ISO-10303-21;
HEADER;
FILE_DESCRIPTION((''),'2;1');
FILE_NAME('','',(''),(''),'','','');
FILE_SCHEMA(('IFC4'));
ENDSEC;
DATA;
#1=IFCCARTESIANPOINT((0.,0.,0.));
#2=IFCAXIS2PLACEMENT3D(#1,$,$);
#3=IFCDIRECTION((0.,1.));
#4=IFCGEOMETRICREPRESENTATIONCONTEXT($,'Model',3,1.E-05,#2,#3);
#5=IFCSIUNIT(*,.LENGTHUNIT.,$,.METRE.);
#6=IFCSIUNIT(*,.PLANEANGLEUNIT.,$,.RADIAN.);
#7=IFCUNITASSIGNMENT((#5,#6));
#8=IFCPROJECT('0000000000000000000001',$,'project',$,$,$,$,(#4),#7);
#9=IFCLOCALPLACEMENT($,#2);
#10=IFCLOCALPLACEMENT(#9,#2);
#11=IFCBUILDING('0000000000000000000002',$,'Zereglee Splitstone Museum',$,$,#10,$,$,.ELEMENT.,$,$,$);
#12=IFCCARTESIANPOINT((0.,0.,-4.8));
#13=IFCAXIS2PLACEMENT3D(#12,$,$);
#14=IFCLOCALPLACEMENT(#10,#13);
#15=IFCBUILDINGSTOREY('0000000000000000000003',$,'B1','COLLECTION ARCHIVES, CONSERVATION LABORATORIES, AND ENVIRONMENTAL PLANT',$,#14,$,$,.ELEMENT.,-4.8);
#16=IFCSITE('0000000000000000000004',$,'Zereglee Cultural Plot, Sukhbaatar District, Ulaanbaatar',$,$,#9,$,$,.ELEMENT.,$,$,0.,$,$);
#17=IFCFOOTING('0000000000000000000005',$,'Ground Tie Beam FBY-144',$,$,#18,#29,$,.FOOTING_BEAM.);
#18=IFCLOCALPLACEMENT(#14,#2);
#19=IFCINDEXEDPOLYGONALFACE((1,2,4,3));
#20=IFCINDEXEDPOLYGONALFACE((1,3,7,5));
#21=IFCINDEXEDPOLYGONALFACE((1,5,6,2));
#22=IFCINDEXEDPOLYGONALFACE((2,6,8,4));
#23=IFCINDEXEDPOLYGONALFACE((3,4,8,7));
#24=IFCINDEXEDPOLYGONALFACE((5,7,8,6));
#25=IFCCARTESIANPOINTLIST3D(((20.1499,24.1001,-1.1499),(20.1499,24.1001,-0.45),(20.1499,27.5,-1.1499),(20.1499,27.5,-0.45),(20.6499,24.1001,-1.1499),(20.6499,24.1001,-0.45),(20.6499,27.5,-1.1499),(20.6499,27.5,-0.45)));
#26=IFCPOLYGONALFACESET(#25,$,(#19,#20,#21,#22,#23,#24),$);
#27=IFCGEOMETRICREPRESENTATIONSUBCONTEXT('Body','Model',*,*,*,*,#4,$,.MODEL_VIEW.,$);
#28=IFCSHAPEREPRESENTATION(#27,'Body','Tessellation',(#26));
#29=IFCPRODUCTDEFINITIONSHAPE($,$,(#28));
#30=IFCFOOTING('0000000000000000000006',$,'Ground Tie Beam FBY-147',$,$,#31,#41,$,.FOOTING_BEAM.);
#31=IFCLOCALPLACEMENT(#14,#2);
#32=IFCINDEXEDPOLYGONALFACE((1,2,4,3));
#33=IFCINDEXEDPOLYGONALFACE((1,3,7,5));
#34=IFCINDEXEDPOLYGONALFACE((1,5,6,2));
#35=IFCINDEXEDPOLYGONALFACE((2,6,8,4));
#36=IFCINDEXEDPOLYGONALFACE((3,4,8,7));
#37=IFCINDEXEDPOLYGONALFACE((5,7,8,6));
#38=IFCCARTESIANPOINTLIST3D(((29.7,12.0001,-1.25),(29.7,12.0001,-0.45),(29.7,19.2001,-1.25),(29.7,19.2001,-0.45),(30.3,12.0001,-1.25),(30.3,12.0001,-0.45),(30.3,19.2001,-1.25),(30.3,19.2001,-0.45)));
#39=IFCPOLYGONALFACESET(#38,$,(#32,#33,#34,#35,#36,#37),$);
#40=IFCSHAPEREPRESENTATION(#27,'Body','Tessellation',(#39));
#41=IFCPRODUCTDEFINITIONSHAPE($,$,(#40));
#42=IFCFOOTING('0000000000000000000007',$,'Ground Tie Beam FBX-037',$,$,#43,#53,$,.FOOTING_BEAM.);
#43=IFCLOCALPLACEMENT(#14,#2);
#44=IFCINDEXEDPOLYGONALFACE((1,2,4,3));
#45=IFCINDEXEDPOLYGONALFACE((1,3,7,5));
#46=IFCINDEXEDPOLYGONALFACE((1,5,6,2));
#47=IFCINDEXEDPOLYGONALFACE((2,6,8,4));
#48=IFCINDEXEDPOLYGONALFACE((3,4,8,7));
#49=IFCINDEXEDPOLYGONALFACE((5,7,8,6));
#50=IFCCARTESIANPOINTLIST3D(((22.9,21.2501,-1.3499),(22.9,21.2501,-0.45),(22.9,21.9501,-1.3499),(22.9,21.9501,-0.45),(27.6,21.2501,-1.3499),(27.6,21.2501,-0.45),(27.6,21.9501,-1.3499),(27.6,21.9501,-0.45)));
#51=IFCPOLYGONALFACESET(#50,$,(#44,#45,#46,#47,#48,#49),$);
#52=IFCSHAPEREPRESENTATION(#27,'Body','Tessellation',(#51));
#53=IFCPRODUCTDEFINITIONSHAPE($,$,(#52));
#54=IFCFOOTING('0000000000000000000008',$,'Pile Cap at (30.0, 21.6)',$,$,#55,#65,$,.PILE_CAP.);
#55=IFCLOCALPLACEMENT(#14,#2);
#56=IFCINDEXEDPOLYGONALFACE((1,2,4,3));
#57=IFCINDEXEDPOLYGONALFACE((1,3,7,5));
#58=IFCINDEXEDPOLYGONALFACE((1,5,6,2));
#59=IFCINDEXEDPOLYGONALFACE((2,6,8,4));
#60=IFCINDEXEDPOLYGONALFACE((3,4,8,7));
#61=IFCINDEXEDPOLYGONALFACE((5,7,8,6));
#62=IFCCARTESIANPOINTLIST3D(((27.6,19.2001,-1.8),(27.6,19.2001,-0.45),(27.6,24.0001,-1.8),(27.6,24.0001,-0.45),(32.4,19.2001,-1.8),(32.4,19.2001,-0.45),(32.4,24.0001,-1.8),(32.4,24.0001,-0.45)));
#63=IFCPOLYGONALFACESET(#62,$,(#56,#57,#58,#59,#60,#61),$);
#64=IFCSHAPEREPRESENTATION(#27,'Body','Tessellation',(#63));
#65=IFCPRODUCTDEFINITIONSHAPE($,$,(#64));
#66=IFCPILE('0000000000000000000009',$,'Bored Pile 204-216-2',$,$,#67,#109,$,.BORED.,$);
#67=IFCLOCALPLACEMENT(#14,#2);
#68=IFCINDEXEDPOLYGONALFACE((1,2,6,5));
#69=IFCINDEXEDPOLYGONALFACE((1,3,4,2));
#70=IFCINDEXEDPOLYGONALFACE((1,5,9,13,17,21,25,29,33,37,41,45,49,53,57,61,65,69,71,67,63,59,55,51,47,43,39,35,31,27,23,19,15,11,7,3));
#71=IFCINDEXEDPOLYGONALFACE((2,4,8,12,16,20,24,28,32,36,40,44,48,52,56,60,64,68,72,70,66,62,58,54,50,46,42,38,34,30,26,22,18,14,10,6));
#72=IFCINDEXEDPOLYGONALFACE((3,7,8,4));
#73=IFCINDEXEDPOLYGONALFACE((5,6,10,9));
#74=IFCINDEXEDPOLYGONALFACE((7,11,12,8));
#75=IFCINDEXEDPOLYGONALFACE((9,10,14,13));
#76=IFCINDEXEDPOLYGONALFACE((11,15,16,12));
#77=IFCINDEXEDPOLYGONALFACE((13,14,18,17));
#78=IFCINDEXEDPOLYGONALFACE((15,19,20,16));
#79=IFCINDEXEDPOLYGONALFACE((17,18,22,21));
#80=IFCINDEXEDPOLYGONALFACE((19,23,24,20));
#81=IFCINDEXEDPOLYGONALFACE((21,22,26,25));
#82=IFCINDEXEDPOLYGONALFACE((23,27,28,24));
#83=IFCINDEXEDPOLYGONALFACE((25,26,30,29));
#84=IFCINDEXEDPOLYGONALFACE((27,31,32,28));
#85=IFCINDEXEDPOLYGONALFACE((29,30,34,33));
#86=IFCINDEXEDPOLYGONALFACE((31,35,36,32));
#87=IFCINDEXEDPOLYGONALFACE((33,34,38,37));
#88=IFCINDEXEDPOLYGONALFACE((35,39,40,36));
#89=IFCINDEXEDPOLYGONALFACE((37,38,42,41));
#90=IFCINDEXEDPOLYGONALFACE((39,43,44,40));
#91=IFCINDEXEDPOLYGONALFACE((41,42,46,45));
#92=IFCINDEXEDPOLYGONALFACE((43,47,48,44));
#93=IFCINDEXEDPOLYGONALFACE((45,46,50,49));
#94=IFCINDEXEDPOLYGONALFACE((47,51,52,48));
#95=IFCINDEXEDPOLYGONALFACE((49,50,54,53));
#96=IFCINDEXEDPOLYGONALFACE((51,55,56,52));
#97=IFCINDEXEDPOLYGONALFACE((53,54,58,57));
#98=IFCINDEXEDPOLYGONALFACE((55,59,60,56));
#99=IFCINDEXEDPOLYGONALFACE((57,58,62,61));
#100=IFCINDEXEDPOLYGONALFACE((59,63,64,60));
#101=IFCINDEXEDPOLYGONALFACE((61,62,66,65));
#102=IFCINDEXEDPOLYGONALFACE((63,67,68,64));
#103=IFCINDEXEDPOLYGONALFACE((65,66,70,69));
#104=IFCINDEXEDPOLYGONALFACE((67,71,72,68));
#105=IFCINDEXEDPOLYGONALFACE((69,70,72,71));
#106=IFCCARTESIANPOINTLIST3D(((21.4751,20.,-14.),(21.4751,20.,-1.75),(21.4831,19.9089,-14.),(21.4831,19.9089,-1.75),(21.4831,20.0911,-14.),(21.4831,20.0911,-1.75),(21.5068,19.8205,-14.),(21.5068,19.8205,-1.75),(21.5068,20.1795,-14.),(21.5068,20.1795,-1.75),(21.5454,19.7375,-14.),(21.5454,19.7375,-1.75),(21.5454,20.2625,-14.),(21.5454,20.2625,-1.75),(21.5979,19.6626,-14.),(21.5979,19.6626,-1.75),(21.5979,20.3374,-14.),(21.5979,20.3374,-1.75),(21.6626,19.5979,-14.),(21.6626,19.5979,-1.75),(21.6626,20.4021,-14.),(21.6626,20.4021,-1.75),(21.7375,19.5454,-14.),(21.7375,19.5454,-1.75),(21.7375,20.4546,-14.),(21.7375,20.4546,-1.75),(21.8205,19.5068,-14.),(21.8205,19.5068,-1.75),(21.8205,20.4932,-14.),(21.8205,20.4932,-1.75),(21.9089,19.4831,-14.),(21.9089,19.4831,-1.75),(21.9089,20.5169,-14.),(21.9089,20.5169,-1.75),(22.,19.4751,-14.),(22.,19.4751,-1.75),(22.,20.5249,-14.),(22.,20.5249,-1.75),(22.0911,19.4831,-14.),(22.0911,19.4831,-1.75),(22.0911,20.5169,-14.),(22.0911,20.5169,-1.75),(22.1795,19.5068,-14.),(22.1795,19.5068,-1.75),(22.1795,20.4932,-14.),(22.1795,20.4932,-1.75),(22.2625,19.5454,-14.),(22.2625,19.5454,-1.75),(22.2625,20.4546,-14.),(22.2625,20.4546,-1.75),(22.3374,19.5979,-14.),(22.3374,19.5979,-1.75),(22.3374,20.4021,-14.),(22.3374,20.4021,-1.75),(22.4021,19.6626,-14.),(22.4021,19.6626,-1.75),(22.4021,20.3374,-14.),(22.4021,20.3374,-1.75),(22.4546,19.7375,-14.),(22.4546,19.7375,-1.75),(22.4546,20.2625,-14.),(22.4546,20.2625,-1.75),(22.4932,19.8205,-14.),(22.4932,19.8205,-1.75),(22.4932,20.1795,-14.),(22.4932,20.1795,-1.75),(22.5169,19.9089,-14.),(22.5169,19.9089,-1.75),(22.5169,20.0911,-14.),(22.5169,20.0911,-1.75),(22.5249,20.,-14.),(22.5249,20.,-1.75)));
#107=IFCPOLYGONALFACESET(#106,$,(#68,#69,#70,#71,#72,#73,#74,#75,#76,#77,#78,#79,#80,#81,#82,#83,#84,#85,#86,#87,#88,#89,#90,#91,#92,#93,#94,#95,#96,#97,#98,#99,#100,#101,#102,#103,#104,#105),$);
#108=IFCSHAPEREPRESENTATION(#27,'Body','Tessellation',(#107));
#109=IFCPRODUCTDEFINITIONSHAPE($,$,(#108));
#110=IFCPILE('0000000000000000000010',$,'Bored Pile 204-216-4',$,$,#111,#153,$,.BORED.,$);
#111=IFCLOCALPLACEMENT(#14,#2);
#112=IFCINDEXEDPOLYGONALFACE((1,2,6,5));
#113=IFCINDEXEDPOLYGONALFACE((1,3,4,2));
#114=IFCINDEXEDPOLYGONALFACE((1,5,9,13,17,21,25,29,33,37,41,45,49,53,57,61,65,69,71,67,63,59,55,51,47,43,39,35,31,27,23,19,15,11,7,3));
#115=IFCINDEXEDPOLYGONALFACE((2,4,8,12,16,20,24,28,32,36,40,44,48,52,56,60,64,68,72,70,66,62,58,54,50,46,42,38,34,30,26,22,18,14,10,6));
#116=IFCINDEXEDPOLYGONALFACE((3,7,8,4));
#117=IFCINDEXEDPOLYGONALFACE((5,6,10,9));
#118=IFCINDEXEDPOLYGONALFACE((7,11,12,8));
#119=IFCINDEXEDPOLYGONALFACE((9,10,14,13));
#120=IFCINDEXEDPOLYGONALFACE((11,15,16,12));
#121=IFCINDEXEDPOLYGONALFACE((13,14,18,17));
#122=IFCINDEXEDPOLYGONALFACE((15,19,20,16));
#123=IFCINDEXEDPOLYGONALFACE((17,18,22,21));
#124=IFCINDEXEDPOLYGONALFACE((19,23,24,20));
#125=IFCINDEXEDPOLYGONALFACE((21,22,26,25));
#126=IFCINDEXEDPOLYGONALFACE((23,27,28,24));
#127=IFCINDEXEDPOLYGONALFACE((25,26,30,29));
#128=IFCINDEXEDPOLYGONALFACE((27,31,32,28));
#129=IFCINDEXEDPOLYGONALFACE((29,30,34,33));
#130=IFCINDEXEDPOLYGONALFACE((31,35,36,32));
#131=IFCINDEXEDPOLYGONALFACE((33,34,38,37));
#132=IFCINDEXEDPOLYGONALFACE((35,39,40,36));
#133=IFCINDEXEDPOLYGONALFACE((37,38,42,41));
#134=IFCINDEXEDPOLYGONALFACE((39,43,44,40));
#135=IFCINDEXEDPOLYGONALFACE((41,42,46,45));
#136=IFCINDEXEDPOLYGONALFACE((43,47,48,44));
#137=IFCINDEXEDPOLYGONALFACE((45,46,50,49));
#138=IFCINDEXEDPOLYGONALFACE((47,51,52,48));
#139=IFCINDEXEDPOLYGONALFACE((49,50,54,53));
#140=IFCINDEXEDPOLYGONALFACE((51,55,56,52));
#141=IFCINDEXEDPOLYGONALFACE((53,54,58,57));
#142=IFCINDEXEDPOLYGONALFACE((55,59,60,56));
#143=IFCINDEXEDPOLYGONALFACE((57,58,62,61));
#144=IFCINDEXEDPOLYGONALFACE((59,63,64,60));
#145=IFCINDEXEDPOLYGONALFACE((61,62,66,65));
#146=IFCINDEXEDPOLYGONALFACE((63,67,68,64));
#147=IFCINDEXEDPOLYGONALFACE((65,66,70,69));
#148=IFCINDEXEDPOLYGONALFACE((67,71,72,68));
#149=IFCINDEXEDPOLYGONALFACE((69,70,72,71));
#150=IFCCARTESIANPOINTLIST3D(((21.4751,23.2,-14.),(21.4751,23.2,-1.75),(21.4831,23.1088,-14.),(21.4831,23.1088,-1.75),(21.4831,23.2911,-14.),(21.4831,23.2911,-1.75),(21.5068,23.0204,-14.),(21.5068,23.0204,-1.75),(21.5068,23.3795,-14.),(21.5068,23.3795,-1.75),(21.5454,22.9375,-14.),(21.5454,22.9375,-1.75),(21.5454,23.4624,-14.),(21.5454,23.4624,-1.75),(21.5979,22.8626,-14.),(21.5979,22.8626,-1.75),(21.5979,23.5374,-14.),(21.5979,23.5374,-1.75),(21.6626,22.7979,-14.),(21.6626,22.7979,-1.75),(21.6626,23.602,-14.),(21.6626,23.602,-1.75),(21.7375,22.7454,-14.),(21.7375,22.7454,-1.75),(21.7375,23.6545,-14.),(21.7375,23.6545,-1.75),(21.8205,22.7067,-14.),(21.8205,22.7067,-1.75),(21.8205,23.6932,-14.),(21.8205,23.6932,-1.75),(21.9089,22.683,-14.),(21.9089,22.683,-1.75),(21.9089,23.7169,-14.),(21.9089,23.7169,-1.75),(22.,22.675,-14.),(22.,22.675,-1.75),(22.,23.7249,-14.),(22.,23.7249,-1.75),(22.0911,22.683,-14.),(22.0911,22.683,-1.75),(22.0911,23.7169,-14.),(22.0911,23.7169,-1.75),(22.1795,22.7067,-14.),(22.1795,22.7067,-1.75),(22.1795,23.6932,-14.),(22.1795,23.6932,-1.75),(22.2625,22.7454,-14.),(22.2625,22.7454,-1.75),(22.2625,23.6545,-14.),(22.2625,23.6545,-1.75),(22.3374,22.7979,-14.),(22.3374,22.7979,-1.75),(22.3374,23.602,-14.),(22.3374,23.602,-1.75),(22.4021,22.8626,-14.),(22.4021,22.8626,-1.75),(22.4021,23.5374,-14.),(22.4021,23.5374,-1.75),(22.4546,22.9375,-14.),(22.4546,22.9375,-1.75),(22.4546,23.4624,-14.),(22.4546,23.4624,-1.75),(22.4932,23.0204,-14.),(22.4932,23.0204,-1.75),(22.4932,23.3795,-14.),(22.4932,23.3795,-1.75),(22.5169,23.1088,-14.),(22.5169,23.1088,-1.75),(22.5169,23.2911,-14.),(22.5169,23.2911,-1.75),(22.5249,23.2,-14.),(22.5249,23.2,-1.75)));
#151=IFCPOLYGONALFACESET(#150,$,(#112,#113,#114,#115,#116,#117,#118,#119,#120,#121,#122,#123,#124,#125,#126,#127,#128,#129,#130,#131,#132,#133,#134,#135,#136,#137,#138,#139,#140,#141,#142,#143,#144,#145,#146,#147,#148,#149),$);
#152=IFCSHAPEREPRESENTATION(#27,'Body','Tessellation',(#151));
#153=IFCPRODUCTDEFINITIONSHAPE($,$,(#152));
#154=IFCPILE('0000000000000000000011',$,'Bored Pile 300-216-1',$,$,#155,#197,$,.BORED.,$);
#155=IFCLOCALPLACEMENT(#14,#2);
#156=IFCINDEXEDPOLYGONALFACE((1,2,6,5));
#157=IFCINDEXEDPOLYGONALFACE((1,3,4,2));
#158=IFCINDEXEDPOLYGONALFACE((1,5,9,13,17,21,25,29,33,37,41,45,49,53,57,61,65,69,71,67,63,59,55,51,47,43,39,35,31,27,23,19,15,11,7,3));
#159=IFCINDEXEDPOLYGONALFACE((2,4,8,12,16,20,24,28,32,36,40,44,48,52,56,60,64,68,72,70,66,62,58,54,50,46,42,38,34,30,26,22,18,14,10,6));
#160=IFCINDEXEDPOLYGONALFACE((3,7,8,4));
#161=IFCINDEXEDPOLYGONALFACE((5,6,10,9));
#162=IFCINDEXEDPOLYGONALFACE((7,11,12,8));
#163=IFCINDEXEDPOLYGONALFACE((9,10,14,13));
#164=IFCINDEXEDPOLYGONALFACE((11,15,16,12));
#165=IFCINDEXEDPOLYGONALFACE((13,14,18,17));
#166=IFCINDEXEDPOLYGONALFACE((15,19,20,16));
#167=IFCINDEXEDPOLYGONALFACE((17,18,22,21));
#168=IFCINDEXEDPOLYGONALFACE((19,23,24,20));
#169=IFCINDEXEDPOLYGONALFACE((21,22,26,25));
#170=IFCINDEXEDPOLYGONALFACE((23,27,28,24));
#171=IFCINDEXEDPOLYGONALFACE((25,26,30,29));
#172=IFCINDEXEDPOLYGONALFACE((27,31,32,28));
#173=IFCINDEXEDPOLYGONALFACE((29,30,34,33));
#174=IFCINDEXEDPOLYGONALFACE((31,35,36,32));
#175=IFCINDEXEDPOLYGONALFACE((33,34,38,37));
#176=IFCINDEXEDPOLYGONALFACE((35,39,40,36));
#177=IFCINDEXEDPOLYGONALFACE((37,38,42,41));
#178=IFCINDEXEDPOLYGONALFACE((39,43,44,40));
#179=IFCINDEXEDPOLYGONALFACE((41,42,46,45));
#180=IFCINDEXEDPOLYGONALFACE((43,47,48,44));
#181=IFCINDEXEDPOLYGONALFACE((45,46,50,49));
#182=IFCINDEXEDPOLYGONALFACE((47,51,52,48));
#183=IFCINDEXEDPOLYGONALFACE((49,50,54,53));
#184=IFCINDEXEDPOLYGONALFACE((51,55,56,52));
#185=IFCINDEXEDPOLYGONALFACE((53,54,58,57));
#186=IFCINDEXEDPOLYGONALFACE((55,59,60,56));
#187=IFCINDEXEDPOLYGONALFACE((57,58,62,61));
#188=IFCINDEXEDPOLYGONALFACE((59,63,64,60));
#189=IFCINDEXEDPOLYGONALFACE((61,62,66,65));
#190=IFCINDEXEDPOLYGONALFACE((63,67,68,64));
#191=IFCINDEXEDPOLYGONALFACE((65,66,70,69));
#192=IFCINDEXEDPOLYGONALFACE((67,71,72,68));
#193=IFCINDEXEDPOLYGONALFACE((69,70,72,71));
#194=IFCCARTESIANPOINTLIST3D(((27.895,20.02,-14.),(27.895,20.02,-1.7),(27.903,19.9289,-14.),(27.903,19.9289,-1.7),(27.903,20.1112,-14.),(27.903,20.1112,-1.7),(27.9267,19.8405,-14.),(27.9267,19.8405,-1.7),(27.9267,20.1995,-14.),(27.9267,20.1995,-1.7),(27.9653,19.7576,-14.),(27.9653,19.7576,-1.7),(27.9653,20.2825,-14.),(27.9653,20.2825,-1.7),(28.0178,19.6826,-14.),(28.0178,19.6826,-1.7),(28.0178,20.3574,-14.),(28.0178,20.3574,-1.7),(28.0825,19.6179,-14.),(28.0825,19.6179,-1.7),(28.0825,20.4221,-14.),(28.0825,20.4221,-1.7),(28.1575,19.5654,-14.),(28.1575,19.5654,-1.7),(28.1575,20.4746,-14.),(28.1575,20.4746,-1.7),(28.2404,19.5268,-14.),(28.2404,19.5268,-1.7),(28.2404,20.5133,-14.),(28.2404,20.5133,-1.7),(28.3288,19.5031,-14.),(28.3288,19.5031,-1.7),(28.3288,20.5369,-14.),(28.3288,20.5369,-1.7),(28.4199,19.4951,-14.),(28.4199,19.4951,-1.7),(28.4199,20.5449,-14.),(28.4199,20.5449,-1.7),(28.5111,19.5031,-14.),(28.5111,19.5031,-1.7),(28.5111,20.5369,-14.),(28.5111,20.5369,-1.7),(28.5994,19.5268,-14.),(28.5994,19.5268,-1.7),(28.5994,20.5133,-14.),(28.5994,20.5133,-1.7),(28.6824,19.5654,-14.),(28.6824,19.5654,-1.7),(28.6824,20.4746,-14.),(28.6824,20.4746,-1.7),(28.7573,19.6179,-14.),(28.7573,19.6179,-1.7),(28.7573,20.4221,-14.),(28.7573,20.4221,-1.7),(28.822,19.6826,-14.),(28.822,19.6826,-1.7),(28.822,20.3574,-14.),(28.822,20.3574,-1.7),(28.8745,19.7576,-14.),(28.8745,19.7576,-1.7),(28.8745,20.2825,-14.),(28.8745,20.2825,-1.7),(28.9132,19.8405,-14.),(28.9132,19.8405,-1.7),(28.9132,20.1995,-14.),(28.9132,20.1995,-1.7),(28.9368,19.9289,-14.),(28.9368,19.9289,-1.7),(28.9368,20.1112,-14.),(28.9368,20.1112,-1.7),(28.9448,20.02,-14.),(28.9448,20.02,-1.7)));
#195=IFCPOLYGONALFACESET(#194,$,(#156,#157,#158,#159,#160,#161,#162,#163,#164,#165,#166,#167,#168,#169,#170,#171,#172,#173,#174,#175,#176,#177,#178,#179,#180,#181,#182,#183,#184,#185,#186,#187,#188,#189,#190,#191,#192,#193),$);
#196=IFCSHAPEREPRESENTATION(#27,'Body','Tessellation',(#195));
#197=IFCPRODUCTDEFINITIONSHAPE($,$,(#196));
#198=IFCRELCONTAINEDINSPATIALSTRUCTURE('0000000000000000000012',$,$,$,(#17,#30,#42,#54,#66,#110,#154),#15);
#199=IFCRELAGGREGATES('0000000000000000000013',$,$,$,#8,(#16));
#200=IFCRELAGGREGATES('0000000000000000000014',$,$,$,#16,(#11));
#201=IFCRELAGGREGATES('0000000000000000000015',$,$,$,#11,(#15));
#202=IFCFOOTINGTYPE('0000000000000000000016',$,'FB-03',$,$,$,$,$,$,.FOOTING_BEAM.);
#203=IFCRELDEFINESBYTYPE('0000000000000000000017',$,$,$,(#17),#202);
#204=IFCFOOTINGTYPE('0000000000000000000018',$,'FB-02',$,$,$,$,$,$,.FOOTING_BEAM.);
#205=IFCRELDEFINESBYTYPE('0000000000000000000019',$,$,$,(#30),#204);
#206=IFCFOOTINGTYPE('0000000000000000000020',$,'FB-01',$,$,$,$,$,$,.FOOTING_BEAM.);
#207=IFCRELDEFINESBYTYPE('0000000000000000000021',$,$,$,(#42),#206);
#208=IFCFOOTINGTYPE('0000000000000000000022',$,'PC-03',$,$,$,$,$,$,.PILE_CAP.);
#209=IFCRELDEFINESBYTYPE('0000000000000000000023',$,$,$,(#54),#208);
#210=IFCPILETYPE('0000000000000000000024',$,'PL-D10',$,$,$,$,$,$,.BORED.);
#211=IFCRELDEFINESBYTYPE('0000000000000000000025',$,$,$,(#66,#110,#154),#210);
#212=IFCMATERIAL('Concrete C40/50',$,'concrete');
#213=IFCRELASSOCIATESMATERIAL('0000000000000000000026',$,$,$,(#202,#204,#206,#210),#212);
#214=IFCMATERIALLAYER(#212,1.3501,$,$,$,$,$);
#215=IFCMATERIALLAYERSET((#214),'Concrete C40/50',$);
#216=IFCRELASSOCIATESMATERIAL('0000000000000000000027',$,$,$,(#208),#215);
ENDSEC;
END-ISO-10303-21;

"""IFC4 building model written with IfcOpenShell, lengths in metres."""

from ifc_helpers import new_model, si_unit, direction, frame, origin, origin_2d, place, context, subcontext, project, spatial, rectangle, circle, extrude, material, layer, layer_set, material_profile, profile_set, type_object, element, save


model = new_model("IFC4")

# Units and contexts
model_context = context("Model", 3, precision=1e-05, world=origin(), true_north=direction((0.0, 1.0)))
body_context = subcontext(model_context, "Body", "Model", "MODEL_VIEW")
ifc_project = project(units=[si_unit("LENGTHUNIT", "METRE"), si_unit("PLANEANGLEUNIT", "RADIAN")], contexts=[model_context])

# Site, building, storey
site_placement = place(None, origin())
site = spatial("IfcSite", under=ifc_project, at=site_placement, Name="Zereglee Cultural Plot, Sukhbaatar District, Ulaanbaatar", CompositionType="ELEMENT", RefElevation=0.0)
building_placement = place(site_placement, origin())
building = spatial("IfcBuilding", under=site, at=building_placement, Name="Zereglee Splitstone Museum", CompositionType="ELEMENT")
storey_placement = place(building_placement, frame((0.0, 0.0, -4.8)))
storey = spatial("IfcBuildingStorey", under=building, at=storey_placement, Name="B1", Description="COLLECTION ARCHIVES, CONSERVATION LABORATORIES, AND ENVIRONMENTAL PLANT", CompositionType="ELEMENT", Elevation=-4.8)

# Footings
ifc_material_1 = material(Name="Concrete C40/50", Category="concrete")
footing_type_1 = type_object("IfcFootingType", Name="FB-03", PredefinedType="FOOTING_BEAM", material=ifc_material_1)
footing_1_placement = place(storey_placement, frame((20.3999, 25.8, -1.1499), z_axis=(0.0, 0.0, 1.0), x_axis=(0.0, 1.0, 0.0)))
element("IfcFooting", 1, at=footing_1_placement, inside=storey, type_object=footing_type_1, Name="Ground Tie Beam FBY-144", PredefinedType="FOOTING_BEAM", context=body_context, shape_type="SweptSolid", body=[
    extrude(rectangle(XDim=3.3999, YDim=0.5, at=origin_2d()), origin(), (0.0, 0.0, 1.0), 0.7),
])
footing_type_2 = type_object("IfcFootingType", Name="FB-02", PredefinedType="FOOTING_BEAM", material=ifc_material_1)
footing_2_placement = place(storey_placement, frame((30.0, 15.6001, -1.25), z_axis=(0.0, 0.0, 1.0), x_axis=(0.0, 1.0, 0.0)))
element("IfcFooting", 2, at=footing_2_placement, inside=storey, type_object=footing_type_2, Name="Ground Tie Beam FBY-147", PredefinedType="FOOTING_BEAM", context=body_context, shape_type="SweptSolid", body=[
    extrude(rectangle(XDim=7.2, YDim=0.6001, at=origin_2d()), origin(), (0.0, 0.0, 1.0), 0.8),
])
footing_type_3 = type_object("IfcFootingType", Name="FB-01", PredefinedType="FOOTING_BEAM", material=ifc_material_1)
footing_3_placement = place(storey_placement, frame((25.25, 21.6001, -1.3499), z_axis=(0.0, 0.0, 1.0), x_axis=(1.0, 0.0, 0.0)))
element("IfcFooting", 3, at=footing_3_placement, inside=storey, type_object=footing_type_3, Name="Ground Tie Beam FBX-037", PredefinedType="FOOTING_BEAM", context=body_context, shape_type="SweptSolid", body=[
    extrude(rectangle(XDim=4.7, YDim=0.7, at=origin_2d()), origin(), (0.0, 0.0, 1.0), 0.8999),
])
ifc_layer_1 = layer(ifc_material_1, 1.3501)
ifc_layer_set_1 = layer_set([ifc_layer_1], Name="Concrete C40/50")
footing_type_4 = type_object("IfcFootingType", Name="PC-03", PredefinedType="PILE_CAP", material=ifc_layer_set_1)
footing_4_placement = place(storey_placement, frame((30.0, 21.6001, -1.8), z_axis=(0.0, 0.0, 1.0), x_axis=(1.0, 0.0, 0.0)))
element("IfcFooting", 4, at=footing_4_placement, inside=storey, type_object=footing_type_4, Name="Pile Cap at (30.0, 21.6)", PredefinedType="PILE_CAP", context=body_context, shape_type="SweptSolid", body=[
    extrude(rectangle(XDim=4.8, YDim=4.8, at=origin_2d()), origin(), (0.0, 0.0, 1.0), 1.3501),
])

# Piles
ifc_material_profile_1 = material_profile(ifc_material_1, circle(Radius=0.5249, at=origin_2d()), Name="PILE D1050")
ifc_profile_set_1 = profile_set([ifc_material_profile_1], Name="Concrete C40/50")
pile_type = type_object("IfcPileType", Name="PL-D10", PredefinedType="BORED", material=ifc_profile_set_1)
for number, where, z_axis, x_axis, name in (
    (5, (22.0, 20.0, -1.75), (0.0, 0.0, -1.0), (1.0, 0.0, 0.0), "Bored Pile 204-216-2"),
    (6, (22.0, 23.2, -1.75), (0.0, 0.0, -1.0), (1.0, 0.0, 0.0), "Bored Pile 204-216-4"),
):
    element("IfcPile", number, at=place(storey_placement, frame(where, z_axis=z_axis, x_axis=x_axis)), inside=storey, type_object=pile_type, Name=name, PredefinedType="BORED", context=body_context, shape_type="SweptSolid", body=[
        extrude(circle(Radius=0.5249, at=origin_2d()), origin(), (0.0, 0.0, 1.0), 12.25),
    ])
for number, where, z_axis, x_axis, name in (
    (7, (28.4199, 20.02, -1.7), (0.0, 0.0, -1.0), (1.0, 0.0, 0.0), "Bored Pile 300-216-1"),
):
    element("IfcPile", number, at=place(storey_placement, frame(where, z_axis=z_axis, x_axis=x_axis)), inside=storey, type_object=pile_type, Name=name, PredefinedType="BORED", context=body_context, shape_type="SweptSolid", body=[
        extrude(circle(Radius=0.5249, at=origin_2d()), origin(), (0.0, 0.0, 1.0), 12.3),
    ])

save(model, "model.ifc")
